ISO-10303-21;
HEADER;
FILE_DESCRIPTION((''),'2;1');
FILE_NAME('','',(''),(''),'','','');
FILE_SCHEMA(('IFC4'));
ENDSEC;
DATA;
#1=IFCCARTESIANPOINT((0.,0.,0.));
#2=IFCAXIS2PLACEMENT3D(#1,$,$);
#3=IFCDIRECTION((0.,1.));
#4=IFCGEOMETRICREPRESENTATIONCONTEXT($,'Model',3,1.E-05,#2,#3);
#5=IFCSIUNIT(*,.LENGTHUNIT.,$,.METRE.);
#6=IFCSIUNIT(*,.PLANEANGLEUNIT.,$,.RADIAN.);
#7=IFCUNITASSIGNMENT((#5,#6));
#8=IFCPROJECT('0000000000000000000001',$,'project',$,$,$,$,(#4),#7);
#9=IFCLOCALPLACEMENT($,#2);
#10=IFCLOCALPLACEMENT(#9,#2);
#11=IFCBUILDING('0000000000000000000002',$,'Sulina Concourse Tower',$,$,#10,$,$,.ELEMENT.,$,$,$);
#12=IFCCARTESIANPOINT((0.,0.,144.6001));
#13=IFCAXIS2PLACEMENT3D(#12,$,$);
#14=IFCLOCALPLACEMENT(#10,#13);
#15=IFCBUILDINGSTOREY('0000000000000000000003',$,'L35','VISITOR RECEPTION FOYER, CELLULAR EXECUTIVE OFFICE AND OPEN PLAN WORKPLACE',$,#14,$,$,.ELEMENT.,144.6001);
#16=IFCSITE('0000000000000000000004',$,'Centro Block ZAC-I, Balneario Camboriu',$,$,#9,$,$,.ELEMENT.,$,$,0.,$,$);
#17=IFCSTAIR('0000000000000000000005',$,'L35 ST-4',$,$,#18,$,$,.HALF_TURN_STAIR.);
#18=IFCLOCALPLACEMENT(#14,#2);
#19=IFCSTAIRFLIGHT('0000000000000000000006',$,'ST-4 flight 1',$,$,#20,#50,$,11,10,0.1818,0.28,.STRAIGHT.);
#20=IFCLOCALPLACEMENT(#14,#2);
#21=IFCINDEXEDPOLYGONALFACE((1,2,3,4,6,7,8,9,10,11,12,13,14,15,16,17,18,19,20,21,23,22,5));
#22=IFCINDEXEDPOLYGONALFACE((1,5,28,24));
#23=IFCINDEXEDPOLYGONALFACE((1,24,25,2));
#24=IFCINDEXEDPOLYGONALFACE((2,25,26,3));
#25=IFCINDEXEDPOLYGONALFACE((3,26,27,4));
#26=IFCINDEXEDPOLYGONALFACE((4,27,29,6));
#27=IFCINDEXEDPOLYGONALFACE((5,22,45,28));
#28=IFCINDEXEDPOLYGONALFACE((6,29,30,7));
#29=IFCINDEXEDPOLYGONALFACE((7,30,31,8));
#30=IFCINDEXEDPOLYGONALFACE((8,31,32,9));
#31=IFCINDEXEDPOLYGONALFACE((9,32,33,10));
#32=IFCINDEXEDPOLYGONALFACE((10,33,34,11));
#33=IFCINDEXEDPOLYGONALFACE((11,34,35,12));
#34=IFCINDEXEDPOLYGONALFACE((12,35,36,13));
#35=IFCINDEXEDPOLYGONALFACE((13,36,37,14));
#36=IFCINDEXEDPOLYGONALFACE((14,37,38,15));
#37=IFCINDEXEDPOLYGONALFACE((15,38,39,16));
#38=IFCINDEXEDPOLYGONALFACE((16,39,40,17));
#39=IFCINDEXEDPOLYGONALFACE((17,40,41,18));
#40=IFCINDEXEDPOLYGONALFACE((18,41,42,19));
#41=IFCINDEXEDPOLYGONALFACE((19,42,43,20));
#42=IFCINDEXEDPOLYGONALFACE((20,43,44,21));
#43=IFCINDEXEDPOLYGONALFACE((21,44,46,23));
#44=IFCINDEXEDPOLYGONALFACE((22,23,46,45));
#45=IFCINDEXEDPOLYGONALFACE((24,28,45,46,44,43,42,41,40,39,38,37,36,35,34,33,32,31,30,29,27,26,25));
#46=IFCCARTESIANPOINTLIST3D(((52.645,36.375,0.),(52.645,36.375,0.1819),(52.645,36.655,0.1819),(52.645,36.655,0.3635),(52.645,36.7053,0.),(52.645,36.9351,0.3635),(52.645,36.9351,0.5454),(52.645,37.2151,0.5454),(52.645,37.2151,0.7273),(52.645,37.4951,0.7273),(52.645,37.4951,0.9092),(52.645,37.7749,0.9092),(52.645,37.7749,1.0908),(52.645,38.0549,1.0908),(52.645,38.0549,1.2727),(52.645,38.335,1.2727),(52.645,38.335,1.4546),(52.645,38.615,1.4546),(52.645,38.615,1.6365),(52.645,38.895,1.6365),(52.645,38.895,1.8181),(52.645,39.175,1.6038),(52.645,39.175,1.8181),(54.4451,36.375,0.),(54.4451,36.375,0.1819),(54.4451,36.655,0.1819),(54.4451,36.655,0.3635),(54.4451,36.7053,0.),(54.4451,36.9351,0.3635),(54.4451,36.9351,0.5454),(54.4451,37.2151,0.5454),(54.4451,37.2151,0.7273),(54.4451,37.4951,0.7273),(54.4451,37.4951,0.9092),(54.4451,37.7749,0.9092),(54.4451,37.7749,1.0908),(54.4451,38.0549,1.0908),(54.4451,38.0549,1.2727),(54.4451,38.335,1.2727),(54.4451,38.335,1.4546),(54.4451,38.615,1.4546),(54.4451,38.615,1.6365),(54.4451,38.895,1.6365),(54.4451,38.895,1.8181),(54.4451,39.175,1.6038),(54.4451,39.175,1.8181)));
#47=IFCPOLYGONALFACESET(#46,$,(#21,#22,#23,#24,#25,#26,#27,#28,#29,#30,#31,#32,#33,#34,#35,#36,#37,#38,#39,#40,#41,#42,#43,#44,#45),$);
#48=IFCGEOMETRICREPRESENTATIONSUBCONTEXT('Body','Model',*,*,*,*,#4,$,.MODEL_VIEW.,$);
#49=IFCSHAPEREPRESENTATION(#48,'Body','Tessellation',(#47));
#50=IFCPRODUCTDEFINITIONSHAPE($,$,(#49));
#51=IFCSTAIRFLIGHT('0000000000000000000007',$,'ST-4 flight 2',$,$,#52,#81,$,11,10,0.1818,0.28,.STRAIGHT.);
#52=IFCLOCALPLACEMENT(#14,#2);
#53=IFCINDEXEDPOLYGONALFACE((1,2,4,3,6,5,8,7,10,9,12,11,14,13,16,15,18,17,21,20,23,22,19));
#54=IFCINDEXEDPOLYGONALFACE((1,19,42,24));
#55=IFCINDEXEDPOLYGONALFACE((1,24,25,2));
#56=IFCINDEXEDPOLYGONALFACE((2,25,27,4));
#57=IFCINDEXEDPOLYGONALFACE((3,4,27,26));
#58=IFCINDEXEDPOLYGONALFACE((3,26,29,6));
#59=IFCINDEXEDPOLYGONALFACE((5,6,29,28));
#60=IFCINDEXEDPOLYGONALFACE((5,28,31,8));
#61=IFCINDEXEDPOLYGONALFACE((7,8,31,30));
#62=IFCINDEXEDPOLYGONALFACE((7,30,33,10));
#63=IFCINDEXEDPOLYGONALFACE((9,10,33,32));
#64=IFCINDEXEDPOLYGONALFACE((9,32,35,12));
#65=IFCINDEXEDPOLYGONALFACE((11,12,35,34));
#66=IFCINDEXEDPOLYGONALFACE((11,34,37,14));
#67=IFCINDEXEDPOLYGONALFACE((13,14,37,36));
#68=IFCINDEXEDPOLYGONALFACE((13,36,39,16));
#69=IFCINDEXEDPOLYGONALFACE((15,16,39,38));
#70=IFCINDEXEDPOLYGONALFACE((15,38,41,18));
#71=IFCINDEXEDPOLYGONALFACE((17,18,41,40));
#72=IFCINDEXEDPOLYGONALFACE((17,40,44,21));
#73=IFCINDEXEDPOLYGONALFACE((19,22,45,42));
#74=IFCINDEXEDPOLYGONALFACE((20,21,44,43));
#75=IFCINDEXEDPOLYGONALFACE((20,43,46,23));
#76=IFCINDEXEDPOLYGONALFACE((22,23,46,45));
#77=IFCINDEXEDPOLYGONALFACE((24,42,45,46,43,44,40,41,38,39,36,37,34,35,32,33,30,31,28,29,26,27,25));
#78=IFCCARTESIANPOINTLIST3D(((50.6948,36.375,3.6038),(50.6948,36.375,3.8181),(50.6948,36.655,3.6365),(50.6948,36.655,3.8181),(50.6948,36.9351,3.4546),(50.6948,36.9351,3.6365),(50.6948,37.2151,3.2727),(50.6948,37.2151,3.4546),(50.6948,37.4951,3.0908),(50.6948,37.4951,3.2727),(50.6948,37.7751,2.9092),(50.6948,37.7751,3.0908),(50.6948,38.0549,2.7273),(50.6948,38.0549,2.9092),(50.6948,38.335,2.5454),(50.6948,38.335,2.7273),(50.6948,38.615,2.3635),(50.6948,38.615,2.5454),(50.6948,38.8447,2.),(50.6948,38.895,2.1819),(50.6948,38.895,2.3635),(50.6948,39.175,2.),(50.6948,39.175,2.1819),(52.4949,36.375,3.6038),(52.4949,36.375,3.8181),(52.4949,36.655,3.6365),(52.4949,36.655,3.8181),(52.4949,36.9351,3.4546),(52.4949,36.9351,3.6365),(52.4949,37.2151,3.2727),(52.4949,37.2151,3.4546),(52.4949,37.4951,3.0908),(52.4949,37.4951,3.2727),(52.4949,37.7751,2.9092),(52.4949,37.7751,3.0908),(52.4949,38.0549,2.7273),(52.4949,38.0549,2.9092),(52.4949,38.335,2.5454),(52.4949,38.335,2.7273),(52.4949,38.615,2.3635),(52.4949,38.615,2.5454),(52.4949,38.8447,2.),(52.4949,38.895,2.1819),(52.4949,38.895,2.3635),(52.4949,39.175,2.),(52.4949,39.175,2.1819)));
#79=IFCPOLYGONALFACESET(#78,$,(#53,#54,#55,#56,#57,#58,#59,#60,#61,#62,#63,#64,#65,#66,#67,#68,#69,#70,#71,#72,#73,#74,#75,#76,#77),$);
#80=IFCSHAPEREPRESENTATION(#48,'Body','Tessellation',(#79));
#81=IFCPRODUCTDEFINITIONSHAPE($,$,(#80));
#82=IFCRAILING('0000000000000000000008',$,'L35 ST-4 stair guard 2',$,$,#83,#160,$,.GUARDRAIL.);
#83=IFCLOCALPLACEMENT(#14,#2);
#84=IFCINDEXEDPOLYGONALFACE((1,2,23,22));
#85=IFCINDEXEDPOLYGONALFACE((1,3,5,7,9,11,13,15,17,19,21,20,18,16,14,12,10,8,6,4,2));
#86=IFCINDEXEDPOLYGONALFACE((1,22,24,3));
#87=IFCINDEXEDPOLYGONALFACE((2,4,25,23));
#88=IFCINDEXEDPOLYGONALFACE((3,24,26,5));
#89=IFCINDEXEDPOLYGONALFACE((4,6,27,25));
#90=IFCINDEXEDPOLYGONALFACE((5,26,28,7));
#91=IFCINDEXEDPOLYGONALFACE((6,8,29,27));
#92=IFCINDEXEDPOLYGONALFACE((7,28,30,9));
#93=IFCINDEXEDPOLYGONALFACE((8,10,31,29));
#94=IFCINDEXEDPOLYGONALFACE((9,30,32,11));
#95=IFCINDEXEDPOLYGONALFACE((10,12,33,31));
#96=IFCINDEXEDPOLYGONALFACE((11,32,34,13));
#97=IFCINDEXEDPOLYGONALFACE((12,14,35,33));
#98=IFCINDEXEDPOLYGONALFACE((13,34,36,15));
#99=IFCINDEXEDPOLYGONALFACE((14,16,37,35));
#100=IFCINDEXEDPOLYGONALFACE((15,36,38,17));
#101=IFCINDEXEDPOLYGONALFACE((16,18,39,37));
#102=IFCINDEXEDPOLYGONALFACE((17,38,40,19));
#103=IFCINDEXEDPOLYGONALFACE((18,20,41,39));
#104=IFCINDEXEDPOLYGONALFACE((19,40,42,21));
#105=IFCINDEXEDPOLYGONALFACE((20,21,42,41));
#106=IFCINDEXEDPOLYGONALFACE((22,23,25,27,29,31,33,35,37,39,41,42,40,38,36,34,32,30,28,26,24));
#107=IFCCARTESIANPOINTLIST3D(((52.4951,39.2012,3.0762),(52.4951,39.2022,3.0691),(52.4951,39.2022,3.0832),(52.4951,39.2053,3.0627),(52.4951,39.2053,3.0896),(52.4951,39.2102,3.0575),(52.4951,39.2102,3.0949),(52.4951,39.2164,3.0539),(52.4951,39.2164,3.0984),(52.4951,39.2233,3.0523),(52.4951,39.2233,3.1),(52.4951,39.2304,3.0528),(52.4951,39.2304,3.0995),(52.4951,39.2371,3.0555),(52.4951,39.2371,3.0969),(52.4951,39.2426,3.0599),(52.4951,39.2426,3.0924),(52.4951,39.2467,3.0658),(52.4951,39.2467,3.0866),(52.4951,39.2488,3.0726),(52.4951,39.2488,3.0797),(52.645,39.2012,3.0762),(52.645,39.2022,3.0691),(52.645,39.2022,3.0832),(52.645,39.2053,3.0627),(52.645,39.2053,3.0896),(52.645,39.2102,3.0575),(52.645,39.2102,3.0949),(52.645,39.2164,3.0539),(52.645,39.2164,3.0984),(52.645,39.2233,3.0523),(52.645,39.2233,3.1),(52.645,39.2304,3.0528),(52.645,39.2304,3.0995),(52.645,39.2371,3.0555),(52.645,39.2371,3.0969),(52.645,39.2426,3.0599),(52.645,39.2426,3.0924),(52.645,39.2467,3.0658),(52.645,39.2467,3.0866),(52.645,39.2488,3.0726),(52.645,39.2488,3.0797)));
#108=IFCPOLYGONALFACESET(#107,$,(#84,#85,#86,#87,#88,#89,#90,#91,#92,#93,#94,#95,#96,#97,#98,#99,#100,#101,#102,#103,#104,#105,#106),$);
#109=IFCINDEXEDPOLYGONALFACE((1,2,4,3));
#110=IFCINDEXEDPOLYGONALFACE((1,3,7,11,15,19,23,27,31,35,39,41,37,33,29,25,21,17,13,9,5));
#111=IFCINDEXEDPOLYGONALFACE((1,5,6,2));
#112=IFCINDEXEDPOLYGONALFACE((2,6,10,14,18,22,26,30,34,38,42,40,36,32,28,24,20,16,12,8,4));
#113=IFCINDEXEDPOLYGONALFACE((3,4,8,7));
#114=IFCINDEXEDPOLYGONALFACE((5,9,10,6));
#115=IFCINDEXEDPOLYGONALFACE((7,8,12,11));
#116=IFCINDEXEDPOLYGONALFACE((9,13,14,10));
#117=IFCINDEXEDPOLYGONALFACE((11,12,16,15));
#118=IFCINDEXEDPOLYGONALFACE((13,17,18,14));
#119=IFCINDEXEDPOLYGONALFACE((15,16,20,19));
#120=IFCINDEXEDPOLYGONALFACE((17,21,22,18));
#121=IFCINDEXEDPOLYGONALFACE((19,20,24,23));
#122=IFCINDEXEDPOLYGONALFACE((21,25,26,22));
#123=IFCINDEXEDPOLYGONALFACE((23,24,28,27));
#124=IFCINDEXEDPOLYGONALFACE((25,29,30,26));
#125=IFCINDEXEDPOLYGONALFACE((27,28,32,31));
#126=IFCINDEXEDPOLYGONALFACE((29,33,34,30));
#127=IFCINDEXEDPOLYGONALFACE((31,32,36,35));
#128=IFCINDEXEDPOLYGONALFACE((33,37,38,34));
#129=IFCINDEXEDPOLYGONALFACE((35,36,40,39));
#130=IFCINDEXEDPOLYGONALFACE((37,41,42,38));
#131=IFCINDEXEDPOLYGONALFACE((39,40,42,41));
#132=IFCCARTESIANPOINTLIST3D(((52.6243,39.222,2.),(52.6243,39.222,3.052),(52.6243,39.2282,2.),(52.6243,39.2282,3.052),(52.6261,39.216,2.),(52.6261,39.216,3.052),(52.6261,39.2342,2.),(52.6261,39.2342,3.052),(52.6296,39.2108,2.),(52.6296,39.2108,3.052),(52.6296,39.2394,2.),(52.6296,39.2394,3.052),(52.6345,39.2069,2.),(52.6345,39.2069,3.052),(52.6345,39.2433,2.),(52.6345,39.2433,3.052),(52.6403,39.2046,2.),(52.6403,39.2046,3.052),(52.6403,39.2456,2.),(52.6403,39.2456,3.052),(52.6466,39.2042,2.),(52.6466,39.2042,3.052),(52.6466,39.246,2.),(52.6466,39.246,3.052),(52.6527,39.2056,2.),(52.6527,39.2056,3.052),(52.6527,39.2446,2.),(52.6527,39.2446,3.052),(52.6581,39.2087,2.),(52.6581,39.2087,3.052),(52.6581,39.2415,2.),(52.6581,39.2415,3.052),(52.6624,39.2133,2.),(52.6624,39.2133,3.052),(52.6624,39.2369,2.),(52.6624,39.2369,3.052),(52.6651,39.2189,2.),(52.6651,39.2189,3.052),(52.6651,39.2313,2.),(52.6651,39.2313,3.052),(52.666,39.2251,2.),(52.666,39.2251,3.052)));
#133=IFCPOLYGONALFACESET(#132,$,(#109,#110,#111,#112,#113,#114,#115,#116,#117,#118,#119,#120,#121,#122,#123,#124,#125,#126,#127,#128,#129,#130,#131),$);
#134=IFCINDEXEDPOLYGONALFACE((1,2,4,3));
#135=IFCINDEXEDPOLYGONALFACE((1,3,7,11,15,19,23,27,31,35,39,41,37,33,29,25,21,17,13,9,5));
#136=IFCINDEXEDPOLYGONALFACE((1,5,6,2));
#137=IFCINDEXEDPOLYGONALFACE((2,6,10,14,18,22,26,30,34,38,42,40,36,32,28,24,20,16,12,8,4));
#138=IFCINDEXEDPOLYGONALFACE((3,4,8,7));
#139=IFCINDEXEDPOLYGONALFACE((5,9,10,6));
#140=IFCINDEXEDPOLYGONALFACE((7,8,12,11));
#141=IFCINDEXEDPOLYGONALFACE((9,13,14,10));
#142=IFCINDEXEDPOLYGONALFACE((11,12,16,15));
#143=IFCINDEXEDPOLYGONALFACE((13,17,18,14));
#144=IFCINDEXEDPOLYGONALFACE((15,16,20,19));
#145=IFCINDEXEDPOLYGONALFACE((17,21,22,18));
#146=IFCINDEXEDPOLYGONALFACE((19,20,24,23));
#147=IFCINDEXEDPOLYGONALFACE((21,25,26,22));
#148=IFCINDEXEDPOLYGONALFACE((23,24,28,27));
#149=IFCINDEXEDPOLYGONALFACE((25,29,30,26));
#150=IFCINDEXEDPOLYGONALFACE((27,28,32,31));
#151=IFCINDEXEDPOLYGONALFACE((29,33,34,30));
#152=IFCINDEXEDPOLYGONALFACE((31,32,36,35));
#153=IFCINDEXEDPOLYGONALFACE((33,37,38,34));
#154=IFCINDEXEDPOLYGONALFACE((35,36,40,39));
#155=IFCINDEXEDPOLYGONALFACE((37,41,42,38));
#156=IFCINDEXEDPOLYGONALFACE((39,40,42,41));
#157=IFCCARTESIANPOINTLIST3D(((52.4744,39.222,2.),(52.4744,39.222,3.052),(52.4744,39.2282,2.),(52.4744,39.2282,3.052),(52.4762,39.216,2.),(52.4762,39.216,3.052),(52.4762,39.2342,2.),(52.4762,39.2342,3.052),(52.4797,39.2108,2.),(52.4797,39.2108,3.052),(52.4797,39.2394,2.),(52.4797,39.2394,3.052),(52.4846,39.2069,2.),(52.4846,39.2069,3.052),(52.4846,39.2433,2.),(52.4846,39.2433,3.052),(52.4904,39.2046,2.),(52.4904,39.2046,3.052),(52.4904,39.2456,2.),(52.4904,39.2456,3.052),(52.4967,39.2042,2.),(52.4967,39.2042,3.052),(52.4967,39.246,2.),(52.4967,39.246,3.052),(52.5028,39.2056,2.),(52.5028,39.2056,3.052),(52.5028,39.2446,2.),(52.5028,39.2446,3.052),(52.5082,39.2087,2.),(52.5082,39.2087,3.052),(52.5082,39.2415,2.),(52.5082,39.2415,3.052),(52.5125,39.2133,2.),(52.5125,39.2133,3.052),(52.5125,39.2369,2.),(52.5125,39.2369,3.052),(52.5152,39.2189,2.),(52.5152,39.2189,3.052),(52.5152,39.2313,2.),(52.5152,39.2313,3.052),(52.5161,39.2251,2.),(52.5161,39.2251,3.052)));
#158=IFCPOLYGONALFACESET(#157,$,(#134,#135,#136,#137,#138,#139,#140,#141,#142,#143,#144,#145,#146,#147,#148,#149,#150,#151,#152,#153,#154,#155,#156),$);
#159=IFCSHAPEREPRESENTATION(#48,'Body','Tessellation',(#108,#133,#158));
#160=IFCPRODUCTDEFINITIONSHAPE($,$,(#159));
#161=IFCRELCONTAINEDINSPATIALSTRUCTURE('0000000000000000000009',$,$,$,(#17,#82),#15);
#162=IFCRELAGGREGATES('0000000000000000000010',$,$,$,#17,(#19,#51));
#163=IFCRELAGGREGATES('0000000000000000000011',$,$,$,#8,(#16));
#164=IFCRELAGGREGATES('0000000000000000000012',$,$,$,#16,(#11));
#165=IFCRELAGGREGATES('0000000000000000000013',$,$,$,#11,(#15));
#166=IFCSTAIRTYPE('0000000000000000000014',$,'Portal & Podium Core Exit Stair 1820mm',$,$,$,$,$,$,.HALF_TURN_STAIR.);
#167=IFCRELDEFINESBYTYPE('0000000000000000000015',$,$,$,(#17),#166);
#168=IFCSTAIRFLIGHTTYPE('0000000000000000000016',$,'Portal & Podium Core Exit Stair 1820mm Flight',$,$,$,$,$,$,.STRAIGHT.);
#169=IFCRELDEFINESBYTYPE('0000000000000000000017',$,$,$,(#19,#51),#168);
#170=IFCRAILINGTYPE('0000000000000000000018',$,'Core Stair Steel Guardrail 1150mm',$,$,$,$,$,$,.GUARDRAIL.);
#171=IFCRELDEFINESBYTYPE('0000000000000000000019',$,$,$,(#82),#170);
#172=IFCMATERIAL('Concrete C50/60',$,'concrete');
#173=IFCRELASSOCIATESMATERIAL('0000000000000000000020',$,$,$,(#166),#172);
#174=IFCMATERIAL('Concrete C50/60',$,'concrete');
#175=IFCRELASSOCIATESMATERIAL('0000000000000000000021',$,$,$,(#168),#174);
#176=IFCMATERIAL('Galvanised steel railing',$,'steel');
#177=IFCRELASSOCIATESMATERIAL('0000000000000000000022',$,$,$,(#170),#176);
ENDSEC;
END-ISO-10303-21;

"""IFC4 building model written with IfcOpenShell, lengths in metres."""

from ifc_helpers import new_model, si_unit, direction, frame, origin, origin_2d, place, context, subcontext, project, spatial, polyline, circle, outline, extrude, material, type_object, element, aggregate, save


model = new_model("IFC4")

# Units and contexts
model_context = context("Model", 3, precision=1e-05, world=origin(), true_north=direction((0.0, 1.0)))
body_context = subcontext(model_context, "Body", "Model", "MODEL_VIEW")
ifc_project = project(units=[si_unit("LENGTHUNIT", "METRE"), si_unit("PLANEANGLEUNIT", "RADIAN")], contexts=[model_context])

# Site, building, storey
site_placement = place(None, origin())
site = spatial("IfcSite", under=ifc_project, at=site_placement, Name="Centro Block ZAC-I, Balneario Camboriu", CompositionType="ELEMENT", RefElevation=0.0)
building_placement = place(site_placement, origin())
building = spatial("IfcBuilding", under=site, at=building_placement, Name="Sulina Concourse Tower", CompositionType="ELEMENT")
storey_placement = place(building_placement, frame((0.0, 0.0, 144.6001)))
storey = spatial("IfcBuildingStorey", under=building, at=storey_placement, Name="L35", Description="VISITOR RECEPTION FOYER, CELLULAR EXECUTIVE OFFICE AND OPEN PLAN WORKPLACE", CompositionType="ELEMENT", Elevation=144.6001)

# Stair, stair flights
ifc_material_1 = material(Name="Concrete C50/60", Category="concrete")
stair_type = type_object("IfcStairType", Name="Portal & Podium Core Exit Stair 1820mm", PredefinedType="HALF_TURN_STAIR", material=ifc_material_1)
stair_placement = place(storey_placement, origin())
stair = element("IfcStair", 1, at=stair_placement, inside=storey, type_object=stair_type, Name="L35 ST-4", PredefinedType="HALF_TURN_STAIR")
ifc_material_2 = material(Name="Concrete C50/60", Category="concrete")
stair_flight_type = type_object("IfcStairFlightType", Name="Portal & Podium Core Exit Stair 1820mm Flight", PredefinedType="STRAIGHT", material=ifc_material_2)
stair_flight_1_placement = place(storey_placement, frame((53.5449, 36.375, 0.0), z_axis=(0.0, 0.0, 1.0), x_axis=(0.0, 1.0, 0.0)))
stair_flight_1 = element("IfcStairFlight", 2, at=stair_flight_1_placement, type_object=stair_flight_type, Name="ST-4 flight 1", NumberOfRisers=11, NumberOfTreads=10, PredefinedType="STRAIGHT", RiserHeight=0.1818, TreadLength=0.28, context=body_context, shape_type="SweptSolid", body=[
    extrude(outline(polyline([(0.0, 0.0), (0.0, 0.1819), (0.28, 0.1819), (0.28, 0.3635), (0.5601, 0.3635), (0.5601, 0.5454), (0.8401, 0.5454), (0.8401, 0.7273), (1.1201, 0.7273), (1.1201, 0.9092), (1.3999, 0.9092), (1.3999, 1.0908), (1.6799, 1.0908), (1.6799, 1.2727), (1.96, 1.2727), (1.96, 1.4546), (2.24, 1.4546), (2.24, 1.6365), (2.52, 1.6365), (2.52, 1.8181), (2.8, 1.8181), (2.8, 2.0), (2.8, 1.6038), (0.3303, 0.0), (0.0, 0.0)])), frame((0.0, 0.8999, 0.0), z_axis=(0.0, -1.0, 0.0), x_axis=(1.0, 0.0, 0.0)), (0.0, 0.0, 1.0), 1.8),
])
stair_flight_2_placement = place(storey_placement, frame((51.595, 39.175, 2.0), z_axis=(0.0, 0.0, 1.0), x_axis=(0.0, -1.0, 0.0)))
stair_flight_2 = element("IfcStairFlight", 3, at=stair_flight_2_placement, type_object=stair_flight_type, Name="ST-4 flight 2", NumberOfRisers=11, NumberOfTreads=10, PredefinedType="STRAIGHT", RiserHeight=0.1818, TreadLength=0.28, context=body_context, shape_type="SweptSolid", body=[
    extrude(outline(polyline([(0.0, 0.0), (0.0, 0.1819), (0.28, 0.1819), (0.28, 0.3635), (0.5601, 0.3635), (0.5601, 0.5454), (0.8401, 0.5454), (0.8401, 0.7273), (1.1201, 0.7273), (1.1201, 0.9092), (1.3999, 0.9092), (1.3999, 1.0908), (1.6799, 1.0908), (1.6799, 1.2727), (1.96, 1.2727), (1.96, 1.4546), (2.24, 1.4546), (2.24, 1.6365), (2.52, 1.6365), (2.52, 1.8181), (2.8, 1.8181), (2.8, 2.0), (2.8, 1.6038), (0.3303, 0.0), (0.0, 0.0)])), frame((0.0, 0.8999, 0.0), z_axis=(0.0, -1.0, 0.0), x_axis=(1.0, 0.0, 0.0)), (0.0, 0.0, 1.0), 1.8),
])
aggregate(stair, [stair_flight_1, stair_flight_2])

# Railing
ifc_material_3 = material(Name="Galvanised steel railing", Category="steel")
railing_type_1 = type_object("IfcRailingType", Name="Core Stair Steel Guardrail 1150mm", PredefinedType="GUARDRAIL", material=ifc_material_3)
railing_1_placement = place(storey_placement, frame((52.645, 39.2251, 2.0)))
element("IfcRailing", 4, at=railing_1_placement, inside=storey, type_object=railing_type_1, Name="L35 ST-4 stair guard 2", PredefinedType="GUARDRAIL", context=body_context, shape_type="SweptSolid", body=[
    extrude(circle(Radius=0.0239, at=origin_2d()), frame((0.0, 0.0, 1.0762), z_axis=(-1.0, 0.0, 0.0), x_axis=(0.0, -1.0, 0.0)), (0.0, 0.0, 1.0), 0.1499),
    extrude(circle(Radius=0.021, at=origin_2d()), origin(), (0.0, 0.0, 1.0), 1.052),
    extrude(circle(Radius=0.021, at=origin_2d()), frame((-0.1499, 0.0, 0.0)), (0.0, 0.0, 1.0), 1.052),
])

save(model, "model.ifc")
